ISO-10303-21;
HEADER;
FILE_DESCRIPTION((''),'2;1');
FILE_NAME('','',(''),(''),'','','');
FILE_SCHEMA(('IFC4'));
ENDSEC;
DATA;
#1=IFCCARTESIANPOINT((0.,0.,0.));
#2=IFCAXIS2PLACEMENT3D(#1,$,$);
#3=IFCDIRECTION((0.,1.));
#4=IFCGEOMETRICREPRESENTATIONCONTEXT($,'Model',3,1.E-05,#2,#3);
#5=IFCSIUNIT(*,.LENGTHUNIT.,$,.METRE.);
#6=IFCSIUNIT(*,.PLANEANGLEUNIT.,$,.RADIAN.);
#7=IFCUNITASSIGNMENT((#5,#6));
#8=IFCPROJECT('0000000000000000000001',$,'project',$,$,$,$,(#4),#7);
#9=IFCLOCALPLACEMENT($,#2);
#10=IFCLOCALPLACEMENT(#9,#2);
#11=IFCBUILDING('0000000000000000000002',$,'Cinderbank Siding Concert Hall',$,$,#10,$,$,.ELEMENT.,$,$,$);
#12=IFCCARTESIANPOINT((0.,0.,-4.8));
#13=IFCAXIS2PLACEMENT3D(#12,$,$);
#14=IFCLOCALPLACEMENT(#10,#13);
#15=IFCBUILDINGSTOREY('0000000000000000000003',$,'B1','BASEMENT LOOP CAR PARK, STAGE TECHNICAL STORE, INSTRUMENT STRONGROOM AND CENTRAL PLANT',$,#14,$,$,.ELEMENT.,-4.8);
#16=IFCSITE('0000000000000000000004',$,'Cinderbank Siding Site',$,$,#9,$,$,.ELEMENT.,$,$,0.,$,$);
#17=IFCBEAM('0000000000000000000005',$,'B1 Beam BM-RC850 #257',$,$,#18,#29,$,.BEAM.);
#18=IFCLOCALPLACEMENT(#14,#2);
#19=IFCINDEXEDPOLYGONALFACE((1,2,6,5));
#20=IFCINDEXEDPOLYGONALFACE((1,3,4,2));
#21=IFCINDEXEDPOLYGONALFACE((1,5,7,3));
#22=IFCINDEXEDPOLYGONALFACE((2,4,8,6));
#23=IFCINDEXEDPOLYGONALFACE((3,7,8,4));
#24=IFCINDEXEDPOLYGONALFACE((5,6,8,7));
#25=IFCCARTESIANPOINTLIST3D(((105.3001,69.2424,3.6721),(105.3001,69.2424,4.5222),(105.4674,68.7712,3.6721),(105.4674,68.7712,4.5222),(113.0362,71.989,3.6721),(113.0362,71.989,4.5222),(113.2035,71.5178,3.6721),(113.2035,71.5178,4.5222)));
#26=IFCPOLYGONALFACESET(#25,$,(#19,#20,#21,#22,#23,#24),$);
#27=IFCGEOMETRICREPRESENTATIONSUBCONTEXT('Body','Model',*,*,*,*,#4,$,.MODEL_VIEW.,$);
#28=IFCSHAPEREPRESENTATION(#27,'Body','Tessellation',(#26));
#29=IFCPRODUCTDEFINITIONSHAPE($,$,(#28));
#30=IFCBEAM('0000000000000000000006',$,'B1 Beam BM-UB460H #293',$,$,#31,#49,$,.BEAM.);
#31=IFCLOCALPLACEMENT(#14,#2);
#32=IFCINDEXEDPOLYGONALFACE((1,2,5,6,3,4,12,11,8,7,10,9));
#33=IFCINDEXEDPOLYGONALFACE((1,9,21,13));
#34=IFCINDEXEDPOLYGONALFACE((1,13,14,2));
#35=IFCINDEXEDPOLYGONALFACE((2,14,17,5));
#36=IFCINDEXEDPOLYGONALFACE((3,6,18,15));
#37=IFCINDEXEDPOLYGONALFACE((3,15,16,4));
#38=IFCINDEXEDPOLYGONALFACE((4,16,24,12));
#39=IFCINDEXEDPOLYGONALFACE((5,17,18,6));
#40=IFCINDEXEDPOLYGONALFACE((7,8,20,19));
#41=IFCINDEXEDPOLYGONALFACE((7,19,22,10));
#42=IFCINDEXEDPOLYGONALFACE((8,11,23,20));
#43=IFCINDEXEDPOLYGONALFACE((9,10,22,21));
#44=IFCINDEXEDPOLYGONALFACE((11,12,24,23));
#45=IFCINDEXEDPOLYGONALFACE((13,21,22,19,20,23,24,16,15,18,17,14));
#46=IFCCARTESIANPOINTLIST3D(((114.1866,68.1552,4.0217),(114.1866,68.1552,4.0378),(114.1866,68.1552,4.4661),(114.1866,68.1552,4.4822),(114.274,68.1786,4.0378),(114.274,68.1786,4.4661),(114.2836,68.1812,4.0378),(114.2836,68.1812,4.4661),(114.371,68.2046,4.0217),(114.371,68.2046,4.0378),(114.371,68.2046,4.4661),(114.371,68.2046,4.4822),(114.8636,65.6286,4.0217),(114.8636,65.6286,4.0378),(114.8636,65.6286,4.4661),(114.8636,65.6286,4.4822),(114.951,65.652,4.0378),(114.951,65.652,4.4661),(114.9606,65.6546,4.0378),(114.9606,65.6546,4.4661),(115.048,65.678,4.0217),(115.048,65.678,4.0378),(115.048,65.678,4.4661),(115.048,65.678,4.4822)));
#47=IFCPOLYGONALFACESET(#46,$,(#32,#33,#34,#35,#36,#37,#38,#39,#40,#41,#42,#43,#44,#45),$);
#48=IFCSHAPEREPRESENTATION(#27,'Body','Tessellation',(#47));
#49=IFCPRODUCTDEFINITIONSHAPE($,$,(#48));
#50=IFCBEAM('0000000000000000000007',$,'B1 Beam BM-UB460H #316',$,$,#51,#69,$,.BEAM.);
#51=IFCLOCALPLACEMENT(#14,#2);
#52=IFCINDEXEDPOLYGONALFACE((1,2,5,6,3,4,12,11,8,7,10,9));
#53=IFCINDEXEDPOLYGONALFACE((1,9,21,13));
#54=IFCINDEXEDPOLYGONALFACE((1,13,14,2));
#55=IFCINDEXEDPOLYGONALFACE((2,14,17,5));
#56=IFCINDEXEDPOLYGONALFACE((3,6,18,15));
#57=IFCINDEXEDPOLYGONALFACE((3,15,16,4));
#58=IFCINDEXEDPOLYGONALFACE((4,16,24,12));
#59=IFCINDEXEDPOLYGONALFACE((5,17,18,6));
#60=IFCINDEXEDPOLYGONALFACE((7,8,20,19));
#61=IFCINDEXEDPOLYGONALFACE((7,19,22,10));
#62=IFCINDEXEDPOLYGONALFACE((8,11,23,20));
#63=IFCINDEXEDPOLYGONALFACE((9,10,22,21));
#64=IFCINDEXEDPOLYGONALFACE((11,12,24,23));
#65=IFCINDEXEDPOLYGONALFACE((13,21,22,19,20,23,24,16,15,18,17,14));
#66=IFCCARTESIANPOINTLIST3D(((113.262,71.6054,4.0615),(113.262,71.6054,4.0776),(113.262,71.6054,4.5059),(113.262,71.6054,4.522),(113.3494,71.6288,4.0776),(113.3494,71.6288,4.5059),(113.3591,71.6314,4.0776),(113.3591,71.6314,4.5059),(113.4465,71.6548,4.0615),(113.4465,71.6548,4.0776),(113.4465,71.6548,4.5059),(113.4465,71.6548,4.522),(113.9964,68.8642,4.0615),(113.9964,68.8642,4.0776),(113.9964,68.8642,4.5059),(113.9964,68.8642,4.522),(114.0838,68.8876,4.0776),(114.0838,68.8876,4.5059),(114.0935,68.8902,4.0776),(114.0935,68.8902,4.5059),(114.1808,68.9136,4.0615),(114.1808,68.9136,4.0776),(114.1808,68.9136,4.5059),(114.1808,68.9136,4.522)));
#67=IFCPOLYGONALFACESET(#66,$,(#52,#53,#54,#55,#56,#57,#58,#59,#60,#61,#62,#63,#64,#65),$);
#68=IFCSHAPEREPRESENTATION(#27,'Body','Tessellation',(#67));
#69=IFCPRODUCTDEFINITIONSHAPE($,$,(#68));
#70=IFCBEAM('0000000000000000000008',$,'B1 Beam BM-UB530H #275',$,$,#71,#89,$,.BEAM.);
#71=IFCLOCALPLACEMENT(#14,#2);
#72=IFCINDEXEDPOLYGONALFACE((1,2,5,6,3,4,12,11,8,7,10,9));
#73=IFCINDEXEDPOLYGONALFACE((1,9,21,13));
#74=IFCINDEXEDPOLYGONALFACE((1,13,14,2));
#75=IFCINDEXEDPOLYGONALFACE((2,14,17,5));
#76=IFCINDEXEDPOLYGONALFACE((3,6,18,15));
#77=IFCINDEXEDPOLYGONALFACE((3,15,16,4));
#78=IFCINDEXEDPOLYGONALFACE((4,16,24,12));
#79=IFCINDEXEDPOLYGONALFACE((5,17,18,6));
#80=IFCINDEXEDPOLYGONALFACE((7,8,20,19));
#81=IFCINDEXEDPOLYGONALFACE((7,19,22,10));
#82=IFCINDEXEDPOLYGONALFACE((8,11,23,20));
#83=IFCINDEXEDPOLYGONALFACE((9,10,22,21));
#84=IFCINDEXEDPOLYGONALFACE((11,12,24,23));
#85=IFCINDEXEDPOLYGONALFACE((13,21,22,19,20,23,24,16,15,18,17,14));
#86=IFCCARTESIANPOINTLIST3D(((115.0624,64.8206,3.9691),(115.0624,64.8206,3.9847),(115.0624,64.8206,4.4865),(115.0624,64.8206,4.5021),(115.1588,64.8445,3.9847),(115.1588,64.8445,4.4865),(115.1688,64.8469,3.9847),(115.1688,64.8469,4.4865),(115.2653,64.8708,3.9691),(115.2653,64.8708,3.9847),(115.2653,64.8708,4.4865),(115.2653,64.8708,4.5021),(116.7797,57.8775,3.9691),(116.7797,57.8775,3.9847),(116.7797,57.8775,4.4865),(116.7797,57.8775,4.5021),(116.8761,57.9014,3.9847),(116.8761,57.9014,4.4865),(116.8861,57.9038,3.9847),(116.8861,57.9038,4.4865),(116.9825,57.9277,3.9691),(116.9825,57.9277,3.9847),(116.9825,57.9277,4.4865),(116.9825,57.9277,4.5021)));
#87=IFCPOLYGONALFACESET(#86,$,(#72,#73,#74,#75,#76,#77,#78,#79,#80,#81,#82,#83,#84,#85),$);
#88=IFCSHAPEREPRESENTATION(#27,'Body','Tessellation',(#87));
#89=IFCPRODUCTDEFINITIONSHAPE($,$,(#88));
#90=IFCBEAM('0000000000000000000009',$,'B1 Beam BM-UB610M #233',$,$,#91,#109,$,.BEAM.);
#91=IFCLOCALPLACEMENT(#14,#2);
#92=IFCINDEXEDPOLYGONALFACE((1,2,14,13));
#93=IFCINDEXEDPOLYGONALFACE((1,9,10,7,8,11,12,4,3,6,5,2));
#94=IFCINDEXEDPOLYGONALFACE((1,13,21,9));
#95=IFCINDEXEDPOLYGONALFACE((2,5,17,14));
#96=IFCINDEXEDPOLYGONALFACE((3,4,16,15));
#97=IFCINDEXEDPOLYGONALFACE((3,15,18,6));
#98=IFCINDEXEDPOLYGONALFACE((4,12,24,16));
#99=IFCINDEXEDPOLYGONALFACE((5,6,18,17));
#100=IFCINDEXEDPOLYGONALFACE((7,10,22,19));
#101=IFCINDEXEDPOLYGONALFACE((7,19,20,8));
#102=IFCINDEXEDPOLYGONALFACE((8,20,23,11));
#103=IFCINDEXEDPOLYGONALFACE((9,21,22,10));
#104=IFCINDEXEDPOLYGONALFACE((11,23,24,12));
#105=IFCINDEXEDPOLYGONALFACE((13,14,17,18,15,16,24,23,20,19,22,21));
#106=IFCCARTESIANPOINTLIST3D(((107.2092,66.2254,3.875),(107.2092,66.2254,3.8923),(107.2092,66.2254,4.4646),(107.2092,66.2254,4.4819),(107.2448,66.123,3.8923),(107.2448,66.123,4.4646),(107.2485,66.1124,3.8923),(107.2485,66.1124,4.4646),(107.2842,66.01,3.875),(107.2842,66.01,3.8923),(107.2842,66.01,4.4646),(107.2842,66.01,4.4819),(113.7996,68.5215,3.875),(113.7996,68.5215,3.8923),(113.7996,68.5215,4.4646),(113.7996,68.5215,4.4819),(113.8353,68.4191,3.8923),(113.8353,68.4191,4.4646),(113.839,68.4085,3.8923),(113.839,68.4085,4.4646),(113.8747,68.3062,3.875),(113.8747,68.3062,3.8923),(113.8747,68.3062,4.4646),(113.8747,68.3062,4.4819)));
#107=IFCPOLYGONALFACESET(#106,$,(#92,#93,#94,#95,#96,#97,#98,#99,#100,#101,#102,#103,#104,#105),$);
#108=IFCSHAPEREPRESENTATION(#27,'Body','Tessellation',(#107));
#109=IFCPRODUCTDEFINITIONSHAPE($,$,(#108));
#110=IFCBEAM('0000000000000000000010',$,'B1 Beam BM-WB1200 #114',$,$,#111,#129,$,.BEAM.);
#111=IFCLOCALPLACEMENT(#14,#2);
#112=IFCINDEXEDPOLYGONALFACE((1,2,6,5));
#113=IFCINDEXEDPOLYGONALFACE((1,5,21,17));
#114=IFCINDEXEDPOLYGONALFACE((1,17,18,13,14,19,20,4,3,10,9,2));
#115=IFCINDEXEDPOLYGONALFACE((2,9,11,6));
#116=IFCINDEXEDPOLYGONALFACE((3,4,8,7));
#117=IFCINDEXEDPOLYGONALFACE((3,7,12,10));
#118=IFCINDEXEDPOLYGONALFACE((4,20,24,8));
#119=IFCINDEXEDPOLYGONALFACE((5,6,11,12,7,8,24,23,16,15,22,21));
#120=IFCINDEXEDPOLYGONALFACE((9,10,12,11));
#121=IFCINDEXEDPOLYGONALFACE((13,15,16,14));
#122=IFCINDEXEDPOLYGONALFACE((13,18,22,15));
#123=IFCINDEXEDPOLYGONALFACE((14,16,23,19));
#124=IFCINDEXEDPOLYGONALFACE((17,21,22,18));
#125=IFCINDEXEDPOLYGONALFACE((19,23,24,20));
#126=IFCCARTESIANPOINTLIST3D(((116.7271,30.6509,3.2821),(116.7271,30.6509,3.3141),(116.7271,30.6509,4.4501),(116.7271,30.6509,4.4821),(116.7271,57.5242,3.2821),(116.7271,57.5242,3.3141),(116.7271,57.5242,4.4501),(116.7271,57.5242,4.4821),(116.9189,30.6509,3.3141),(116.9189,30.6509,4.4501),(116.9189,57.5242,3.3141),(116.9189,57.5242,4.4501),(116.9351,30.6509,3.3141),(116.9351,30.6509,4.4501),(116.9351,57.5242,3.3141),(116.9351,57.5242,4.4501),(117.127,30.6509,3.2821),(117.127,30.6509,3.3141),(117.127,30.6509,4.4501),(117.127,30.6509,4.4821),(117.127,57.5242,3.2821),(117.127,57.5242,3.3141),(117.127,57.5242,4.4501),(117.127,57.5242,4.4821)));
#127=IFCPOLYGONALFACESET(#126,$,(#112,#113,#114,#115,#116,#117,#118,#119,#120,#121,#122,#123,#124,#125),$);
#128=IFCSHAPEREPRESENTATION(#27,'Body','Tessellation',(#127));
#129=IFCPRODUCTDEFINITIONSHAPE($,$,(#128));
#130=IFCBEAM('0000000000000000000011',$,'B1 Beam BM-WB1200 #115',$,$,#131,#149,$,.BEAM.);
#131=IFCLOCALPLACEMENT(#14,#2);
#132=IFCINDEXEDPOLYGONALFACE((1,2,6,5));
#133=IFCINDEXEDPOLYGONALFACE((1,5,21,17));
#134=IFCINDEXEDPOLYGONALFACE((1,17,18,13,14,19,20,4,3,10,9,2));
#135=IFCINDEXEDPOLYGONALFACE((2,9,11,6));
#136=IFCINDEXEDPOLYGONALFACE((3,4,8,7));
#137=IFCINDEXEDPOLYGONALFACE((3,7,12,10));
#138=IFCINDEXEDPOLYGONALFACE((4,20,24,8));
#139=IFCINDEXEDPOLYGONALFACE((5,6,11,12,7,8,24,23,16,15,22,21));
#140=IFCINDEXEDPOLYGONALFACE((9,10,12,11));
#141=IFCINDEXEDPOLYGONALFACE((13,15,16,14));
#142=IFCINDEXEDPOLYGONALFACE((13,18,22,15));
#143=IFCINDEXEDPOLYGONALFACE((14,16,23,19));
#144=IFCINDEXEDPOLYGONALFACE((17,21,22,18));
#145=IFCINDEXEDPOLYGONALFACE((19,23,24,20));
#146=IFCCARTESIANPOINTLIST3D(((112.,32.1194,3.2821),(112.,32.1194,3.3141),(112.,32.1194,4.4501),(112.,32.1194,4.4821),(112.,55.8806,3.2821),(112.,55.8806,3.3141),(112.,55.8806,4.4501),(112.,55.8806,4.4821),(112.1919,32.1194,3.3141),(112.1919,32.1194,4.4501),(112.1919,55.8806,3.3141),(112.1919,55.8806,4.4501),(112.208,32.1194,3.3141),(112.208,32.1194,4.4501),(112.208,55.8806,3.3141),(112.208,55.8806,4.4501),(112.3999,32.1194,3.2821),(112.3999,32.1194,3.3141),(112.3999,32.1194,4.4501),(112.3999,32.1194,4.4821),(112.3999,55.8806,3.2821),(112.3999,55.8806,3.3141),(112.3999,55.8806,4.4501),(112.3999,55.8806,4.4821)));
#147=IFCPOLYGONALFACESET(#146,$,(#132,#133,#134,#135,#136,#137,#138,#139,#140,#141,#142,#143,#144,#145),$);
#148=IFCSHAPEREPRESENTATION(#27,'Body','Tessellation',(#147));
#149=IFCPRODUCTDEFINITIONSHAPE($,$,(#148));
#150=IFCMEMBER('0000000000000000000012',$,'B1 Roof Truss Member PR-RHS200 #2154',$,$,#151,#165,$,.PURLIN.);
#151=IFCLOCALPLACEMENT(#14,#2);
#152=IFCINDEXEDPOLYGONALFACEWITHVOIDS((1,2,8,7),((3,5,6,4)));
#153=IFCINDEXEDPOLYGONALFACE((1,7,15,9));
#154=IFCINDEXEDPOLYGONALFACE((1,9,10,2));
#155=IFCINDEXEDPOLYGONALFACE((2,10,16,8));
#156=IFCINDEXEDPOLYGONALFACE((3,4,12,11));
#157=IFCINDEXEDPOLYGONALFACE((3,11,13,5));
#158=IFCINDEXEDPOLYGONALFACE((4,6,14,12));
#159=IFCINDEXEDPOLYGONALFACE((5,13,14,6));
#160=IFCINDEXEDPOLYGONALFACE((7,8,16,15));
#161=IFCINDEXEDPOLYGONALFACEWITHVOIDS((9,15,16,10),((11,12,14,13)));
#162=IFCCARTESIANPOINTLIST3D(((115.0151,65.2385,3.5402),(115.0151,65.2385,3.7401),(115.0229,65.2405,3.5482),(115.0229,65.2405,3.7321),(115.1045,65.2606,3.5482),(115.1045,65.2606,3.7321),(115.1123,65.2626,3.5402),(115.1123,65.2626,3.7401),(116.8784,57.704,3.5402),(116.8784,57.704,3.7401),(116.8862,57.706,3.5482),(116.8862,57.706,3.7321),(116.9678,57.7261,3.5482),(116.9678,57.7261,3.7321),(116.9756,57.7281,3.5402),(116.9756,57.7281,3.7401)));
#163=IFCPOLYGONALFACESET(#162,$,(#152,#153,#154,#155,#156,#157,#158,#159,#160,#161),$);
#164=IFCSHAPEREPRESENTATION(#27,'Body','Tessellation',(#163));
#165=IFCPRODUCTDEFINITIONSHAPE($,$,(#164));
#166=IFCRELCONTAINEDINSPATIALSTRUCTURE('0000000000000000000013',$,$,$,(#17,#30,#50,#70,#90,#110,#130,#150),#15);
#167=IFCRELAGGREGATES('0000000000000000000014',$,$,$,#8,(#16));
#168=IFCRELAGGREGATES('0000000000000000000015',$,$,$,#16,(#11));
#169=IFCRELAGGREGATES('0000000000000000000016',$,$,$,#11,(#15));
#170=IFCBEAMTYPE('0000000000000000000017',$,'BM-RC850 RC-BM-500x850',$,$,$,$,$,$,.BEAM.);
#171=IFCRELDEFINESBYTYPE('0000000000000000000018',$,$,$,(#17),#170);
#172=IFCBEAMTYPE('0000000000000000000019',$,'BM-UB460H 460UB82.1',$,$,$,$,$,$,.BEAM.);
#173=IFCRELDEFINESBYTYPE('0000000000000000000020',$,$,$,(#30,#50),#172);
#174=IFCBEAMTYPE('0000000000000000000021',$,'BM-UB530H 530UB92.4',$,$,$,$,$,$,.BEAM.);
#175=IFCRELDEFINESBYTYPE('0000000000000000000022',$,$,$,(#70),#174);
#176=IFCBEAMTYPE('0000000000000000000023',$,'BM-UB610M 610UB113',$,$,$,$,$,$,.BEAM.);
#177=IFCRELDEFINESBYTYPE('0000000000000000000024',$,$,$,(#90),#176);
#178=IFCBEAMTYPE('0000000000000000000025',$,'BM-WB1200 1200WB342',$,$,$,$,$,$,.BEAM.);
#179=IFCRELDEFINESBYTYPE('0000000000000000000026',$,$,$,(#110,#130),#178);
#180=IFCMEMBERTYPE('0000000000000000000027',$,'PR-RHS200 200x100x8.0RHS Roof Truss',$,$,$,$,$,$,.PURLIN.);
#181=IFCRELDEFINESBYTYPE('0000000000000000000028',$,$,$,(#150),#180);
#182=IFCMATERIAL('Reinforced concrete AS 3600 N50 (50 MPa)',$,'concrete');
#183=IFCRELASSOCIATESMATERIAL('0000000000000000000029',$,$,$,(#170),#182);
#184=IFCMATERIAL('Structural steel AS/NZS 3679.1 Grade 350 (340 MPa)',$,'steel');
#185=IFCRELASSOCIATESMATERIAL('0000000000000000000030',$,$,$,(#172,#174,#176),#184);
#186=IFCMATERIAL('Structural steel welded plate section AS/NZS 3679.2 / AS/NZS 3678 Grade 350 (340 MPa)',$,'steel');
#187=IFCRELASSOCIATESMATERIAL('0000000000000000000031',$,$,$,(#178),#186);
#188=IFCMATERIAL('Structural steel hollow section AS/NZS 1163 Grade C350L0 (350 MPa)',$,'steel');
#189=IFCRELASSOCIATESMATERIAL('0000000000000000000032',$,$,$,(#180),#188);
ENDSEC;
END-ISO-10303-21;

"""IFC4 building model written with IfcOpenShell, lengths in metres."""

from ifc_helpers import new_model, si_unit, direction, frame, origin, origin_2d, place, context, subcontext, project, spatial, rectangle, hollow_rectangle, i_section, extrude, material, material_profile, profile_set, type_object, element, save


model = new_model("IFC4")

# Units and contexts
model_context = context("Model", 3, precision=1e-05, world=origin(), true_north=direction((0.0, 1.0)))
body_context = subcontext(model_context, "Body", "Model", "MODEL_VIEW")
ifc_project = project(units=[si_unit("LENGTHUNIT", "METRE"), si_unit("PLANEANGLEUNIT", "RADIAN")], contexts=[model_context])

# Site, building, storey
site_placement = place(None, origin())
site = spatial("IfcSite", under=ifc_project, at=site_placement, Name="Cinderbank Siding Site", CompositionType="ELEMENT", RefElevation=0.0)
building_placement = place(site_placement, origin())
building = spatial("IfcBuilding", under=site, at=building_placement, Name="Cinderbank Siding Concert Hall", CompositionType="ELEMENT")
storey_placement = place(building_placement, frame((0.0, 0.0, -4.8)))
storey = spatial("IfcBuildingStorey", under=building, at=storey_placement, Name="B1", Description="BASEMENT LOOP CAR PARK, STAGE TECHNICAL STORE, INSTRUMENT STRONGROOM AND CENTRAL PLANT", CompositionType="ELEMENT", Elevation=-4.8)

# Shared definitions
ifc_material_1 = material(Name="Structural steel hollow section AS/NZS 1163 Grade C350L0 (350 MPa)", Category="steel")
ifc_material_2 = material(Name="Reinforced concrete AS 3600 N50 (50 MPa)", Category="concrete")
ifc_material_3 = material(Name="Structural steel welded plate section AS/NZS 3679.2 / AS/NZS 3678 Grade 350 (340 MPa)", Category="steel")

# Beams
ifc_material_profile_1 = material_profile(ifc_material_2, rectangle(XDim=0.5, YDim=0.8501, at=origin_2d()), Name="RC-BM-500x850", Category="LoadBearing")
ifc_profile_set_1 = profile_set([ifc_material_profile_1], Name="Reinforced concrete AS 3600 N50 (50 MPa)")
beam_type_1 = type_object("IfcBeamType", Name="BM-RC850 RC-BM-500x850", PredefinedType="BEAM", material=ifc_profile_set_1)
beam_1_placement = place(storey_placement, frame((113.1199, 71.7534, 4.0972), z_axis=(-0.942369, -0.334574, 0.0), x_axis=(0.334574, -0.942369, 0.0)))
element("IfcBeam", 1, at=beam_1_placement, inside=storey, type_object=beam_type_1, Name="B1 Beam BM-RC850 #257", PredefinedType="BEAM", context=body_context, shape_type="SweptSolid", body=[
    extrude(rectangle(XDim=0.5, YDim=0.8501, at=origin_2d()), origin(), (0.0, 0.0, 1.0), 8.2092),
])
ifc_material_4 = material(Name="Structural steel AS/NZS 3679.1 Grade 350 (340 MPa)", Category="steel")
ifc_material_profile_2 = material_profile(ifc_material_4, i_section(OverallWidth=0.1909, OverallDepth=0.4604, WebThickness=0.01, FlangeThickness=0.0161, at=origin_2d()), Name="460UB82.1", Category="LoadBearing")
ifc_profile_set_2 = profile_set([ifc_material_profile_2], Name="Structural steel AS/NZS 3679.1 Grade 350 (340 MPa)")
beam_type_2 = type_object("IfcBeamType", Name="BM-UB460H 460UB82.1", PredefinedType="BEAM", material=ifc_profile_set_2)
beam_2_placement = place(storey_placement, frame((114.9558, 65.6533, 4.252), z_axis=(-0.258819, 0.965926, 0.0), x_axis=(-0.965926, -0.258819, 0.0)))
element("IfcBeam", 2, at=beam_2_placement, inside=storey, type_object=beam_type_2, Name="B1 Beam BM-UB460H #293", PredefinedType="BEAM", context=body_context, shape_type="SweptSolid", body=[
    extrude(i_section(OverallWidth=0.1909, OverallDepth=0.4604, WebThickness=0.01, FlangeThickness=0.0161, at=origin_2d()), origin(), (0.0, 0.0, 1.0), 2.6157),
])
beam_3_placement = place(storey_placement, frame((114.0886, 68.8889, 4.2917), z_axis=(-0.258776, 0.965937, 0.0), x_axis=(-0.965937, -0.258776, 0.0)))
element("IfcBeam", 3, at=beam_3_placement, inside=storey, type_object=beam_type_2, Name="B1 Beam BM-UB460H #316", PredefinedType="BEAM", context=body_context, shape_type="SweptSolid", body=[
    extrude(i_section(OverallWidth=0.1909, OverallDepth=0.4604, WebThickness=0.01, FlangeThickness=0.0161, at=origin_2d()), origin(), (0.0, 0.0, 1.0), 2.8379),
])
ifc_material_profile_3 = material_profile(ifc_material_4, i_section(OverallWidth=0.209, OverallDepth=0.533, WebThickness=0.0103, FlangeThickness=0.0156, at=origin_2d()), Name="530UB92.4", Category="LoadBearing")
ifc_profile_set_3 = profile_set([ifc_material_profile_3], Name="Structural steel AS/NZS 3679.1 Grade 350 (340 MPa)")
beam_type_3 = type_object("IfcBeamType", Name="BM-UB530H 530UB92.4", PredefinedType="BEAM", material=ifc_profile_set_3)
beam_4_placement = place(storey_placement, frame((116.8811, 57.9026, 4.2356), z_axis=(-0.240101, 0.970748, 0.0), x_axis=(-0.970748, -0.240101, 0.0)))
element("IfcBeam", 4, at=beam_4_placement, inside=storey, type_object=beam_type_3, Name="B1 Beam BM-UB530H #275", PredefinedType="BEAM", context=body_context, shape_type="SweptSolid", body=[
    extrude(i_section(OverallWidth=0.209, OverallDepth=0.533, WebThickness=0.0103, FlangeThickness=0.0156, at=origin_2d()), origin(), (0.0, 0.0, 1.0), 7.1523),
])
ifc_material_profile_4 = material_profile(ifc_material_4, i_section(OverallWidth=0.228, OverallDepth=0.6069, WebThickness=0.0112, FlangeThickness=0.0173, at=origin_2d()), Name="610UB113", Category="LoadBearing")
ifc_profile_set_4 = profile_set([ifc_material_profile_4], Name="Structural steel AS/NZS 3679.1 Grade 350 (340 MPa)")
beam_type_4 = type_object("IfcBeamType", Name="BM-UB610M 610UB113", PredefinedType="BEAM", material=ifc_profile_set_4)
beam_5_placement = place(storey_placement, frame((113.8372, 68.4138, 4.1785), z_axis=(-0.944329, -0.329002, 0.0), x_axis=(0.329002, -0.944329, 0.0)))
element("IfcBeam", 5, at=beam_5_placement, inside=storey, type_object=beam_type_4, Name="B1 Beam BM-UB610M #233", PredefinedType="BEAM", context=body_context, shape_type="SweptSolid", body=[
    extrude(i_section(OverallWidth=0.228, OverallDepth=0.6069, WebThickness=0.0112, FlangeThickness=0.0173, at=origin_2d()), origin(), (0.0, 0.0, 1.0), 6.979),
])
ifc_material_profile_5 = material_profile(ifc_material_3, i_section(OverallWidth=0.3999, OverallDepth=1.2, WebThickness=0.0161, FlangeThickness=0.032, at=origin_2d()), Name="1200WB342", Category="LoadBearing")
ifc_profile_set_5 = profile_set([ifc_material_profile_5], Name="Structural steel welded plate section AS/NZS 3679.2 / AS/NZS 3678 Grade 350 (340 MPa)")
beam_type_5 = type_object("IfcBeamType", Name="BM-WB1200 1200WB342", PredefinedType="BEAM", material=ifc_profile_set_5)
beam_6_placement = place(storey_placement, frame((116.927, 57.5242, 3.8821), z_axis=(0.0, -1.0, 0.0), x_axis=(1.0, 0.0, 0.0)))
element("IfcBeam", 6, at=beam_6_placement, inside=storey, type_object=beam_type_5, Name="B1 Beam BM-WB1200 #114", PredefinedType="BEAM", context=body_context, shape_type="SweptSolid", body=[
    extrude(i_section(OverallWidth=0.3999, OverallDepth=1.2, WebThickness=0.0161, FlangeThickness=0.032, at=origin_2d()), origin(), (0.0, 0.0, 1.0), 26.8733),
])
beam_7_placement = place(storey_placement, frame((112.2, 55.8806, 3.8821), z_axis=(0.0, -1.0, 0.0), x_axis=(1.0, 0.0, 0.0)))
element("IfcBeam", 7, at=beam_7_placement, inside=storey, type_object=beam_type_5, Name="B1 Beam BM-WB1200 #115", PredefinedType="BEAM", context=body_context, shape_type="SweptSolid", body=[
    extrude(i_section(OverallWidth=0.3999, OverallDepth=1.2, WebThickness=0.0161, FlangeThickness=0.032, at=origin_2d()), origin(), (0.0, 0.0, 1.0), 23.7612),
])

# Member
ifc_material_profile_6 = material_profile(ifc_material_1, hollow_rectangle(XDim=0.1001, YDim=0.2, WallThickness=0.0081, at=origin_2d()), Name="200x100x8.0RHS", Category="LoadBearing")
ifc_profile_set_6 = profile_set([ifc_material_profile_6], Name="Structural steel hollow section AS/NZS 1163 Grade C350L0 (350 MPa)")
member_type_1 = type_object("IfcMemberType", Name="PR-RHS200 200x100x8.0RHS Roof Truss", PredefinedType="PURLIN", material=ifc_profile_set_6)
member_1_placement = place(storey_placement, frame((116.927, 57.7161, 3.6401), z_axis=(-0.24007, 0.970756, 0.0), x_axis=(-0.970756, -0.24007, 0.0)))
element("IfcMember", 8, at=member_1_placement, inside=storey, type_object=member_type_1, Name="B1 Roof Truss Member PR-RHS200 #2154", PredefinedType="PURLIN", context=body_context, shape_type="SweptSolid", body=[
    extrude(hollow_rectangle(XDim=0.1001, YDim=0.2, WallThickness=0.0081, at=origin_2d()), origin(), (0.0, 0.0, 1.0), 7.7615),
])

save(model, "model.ifc")
